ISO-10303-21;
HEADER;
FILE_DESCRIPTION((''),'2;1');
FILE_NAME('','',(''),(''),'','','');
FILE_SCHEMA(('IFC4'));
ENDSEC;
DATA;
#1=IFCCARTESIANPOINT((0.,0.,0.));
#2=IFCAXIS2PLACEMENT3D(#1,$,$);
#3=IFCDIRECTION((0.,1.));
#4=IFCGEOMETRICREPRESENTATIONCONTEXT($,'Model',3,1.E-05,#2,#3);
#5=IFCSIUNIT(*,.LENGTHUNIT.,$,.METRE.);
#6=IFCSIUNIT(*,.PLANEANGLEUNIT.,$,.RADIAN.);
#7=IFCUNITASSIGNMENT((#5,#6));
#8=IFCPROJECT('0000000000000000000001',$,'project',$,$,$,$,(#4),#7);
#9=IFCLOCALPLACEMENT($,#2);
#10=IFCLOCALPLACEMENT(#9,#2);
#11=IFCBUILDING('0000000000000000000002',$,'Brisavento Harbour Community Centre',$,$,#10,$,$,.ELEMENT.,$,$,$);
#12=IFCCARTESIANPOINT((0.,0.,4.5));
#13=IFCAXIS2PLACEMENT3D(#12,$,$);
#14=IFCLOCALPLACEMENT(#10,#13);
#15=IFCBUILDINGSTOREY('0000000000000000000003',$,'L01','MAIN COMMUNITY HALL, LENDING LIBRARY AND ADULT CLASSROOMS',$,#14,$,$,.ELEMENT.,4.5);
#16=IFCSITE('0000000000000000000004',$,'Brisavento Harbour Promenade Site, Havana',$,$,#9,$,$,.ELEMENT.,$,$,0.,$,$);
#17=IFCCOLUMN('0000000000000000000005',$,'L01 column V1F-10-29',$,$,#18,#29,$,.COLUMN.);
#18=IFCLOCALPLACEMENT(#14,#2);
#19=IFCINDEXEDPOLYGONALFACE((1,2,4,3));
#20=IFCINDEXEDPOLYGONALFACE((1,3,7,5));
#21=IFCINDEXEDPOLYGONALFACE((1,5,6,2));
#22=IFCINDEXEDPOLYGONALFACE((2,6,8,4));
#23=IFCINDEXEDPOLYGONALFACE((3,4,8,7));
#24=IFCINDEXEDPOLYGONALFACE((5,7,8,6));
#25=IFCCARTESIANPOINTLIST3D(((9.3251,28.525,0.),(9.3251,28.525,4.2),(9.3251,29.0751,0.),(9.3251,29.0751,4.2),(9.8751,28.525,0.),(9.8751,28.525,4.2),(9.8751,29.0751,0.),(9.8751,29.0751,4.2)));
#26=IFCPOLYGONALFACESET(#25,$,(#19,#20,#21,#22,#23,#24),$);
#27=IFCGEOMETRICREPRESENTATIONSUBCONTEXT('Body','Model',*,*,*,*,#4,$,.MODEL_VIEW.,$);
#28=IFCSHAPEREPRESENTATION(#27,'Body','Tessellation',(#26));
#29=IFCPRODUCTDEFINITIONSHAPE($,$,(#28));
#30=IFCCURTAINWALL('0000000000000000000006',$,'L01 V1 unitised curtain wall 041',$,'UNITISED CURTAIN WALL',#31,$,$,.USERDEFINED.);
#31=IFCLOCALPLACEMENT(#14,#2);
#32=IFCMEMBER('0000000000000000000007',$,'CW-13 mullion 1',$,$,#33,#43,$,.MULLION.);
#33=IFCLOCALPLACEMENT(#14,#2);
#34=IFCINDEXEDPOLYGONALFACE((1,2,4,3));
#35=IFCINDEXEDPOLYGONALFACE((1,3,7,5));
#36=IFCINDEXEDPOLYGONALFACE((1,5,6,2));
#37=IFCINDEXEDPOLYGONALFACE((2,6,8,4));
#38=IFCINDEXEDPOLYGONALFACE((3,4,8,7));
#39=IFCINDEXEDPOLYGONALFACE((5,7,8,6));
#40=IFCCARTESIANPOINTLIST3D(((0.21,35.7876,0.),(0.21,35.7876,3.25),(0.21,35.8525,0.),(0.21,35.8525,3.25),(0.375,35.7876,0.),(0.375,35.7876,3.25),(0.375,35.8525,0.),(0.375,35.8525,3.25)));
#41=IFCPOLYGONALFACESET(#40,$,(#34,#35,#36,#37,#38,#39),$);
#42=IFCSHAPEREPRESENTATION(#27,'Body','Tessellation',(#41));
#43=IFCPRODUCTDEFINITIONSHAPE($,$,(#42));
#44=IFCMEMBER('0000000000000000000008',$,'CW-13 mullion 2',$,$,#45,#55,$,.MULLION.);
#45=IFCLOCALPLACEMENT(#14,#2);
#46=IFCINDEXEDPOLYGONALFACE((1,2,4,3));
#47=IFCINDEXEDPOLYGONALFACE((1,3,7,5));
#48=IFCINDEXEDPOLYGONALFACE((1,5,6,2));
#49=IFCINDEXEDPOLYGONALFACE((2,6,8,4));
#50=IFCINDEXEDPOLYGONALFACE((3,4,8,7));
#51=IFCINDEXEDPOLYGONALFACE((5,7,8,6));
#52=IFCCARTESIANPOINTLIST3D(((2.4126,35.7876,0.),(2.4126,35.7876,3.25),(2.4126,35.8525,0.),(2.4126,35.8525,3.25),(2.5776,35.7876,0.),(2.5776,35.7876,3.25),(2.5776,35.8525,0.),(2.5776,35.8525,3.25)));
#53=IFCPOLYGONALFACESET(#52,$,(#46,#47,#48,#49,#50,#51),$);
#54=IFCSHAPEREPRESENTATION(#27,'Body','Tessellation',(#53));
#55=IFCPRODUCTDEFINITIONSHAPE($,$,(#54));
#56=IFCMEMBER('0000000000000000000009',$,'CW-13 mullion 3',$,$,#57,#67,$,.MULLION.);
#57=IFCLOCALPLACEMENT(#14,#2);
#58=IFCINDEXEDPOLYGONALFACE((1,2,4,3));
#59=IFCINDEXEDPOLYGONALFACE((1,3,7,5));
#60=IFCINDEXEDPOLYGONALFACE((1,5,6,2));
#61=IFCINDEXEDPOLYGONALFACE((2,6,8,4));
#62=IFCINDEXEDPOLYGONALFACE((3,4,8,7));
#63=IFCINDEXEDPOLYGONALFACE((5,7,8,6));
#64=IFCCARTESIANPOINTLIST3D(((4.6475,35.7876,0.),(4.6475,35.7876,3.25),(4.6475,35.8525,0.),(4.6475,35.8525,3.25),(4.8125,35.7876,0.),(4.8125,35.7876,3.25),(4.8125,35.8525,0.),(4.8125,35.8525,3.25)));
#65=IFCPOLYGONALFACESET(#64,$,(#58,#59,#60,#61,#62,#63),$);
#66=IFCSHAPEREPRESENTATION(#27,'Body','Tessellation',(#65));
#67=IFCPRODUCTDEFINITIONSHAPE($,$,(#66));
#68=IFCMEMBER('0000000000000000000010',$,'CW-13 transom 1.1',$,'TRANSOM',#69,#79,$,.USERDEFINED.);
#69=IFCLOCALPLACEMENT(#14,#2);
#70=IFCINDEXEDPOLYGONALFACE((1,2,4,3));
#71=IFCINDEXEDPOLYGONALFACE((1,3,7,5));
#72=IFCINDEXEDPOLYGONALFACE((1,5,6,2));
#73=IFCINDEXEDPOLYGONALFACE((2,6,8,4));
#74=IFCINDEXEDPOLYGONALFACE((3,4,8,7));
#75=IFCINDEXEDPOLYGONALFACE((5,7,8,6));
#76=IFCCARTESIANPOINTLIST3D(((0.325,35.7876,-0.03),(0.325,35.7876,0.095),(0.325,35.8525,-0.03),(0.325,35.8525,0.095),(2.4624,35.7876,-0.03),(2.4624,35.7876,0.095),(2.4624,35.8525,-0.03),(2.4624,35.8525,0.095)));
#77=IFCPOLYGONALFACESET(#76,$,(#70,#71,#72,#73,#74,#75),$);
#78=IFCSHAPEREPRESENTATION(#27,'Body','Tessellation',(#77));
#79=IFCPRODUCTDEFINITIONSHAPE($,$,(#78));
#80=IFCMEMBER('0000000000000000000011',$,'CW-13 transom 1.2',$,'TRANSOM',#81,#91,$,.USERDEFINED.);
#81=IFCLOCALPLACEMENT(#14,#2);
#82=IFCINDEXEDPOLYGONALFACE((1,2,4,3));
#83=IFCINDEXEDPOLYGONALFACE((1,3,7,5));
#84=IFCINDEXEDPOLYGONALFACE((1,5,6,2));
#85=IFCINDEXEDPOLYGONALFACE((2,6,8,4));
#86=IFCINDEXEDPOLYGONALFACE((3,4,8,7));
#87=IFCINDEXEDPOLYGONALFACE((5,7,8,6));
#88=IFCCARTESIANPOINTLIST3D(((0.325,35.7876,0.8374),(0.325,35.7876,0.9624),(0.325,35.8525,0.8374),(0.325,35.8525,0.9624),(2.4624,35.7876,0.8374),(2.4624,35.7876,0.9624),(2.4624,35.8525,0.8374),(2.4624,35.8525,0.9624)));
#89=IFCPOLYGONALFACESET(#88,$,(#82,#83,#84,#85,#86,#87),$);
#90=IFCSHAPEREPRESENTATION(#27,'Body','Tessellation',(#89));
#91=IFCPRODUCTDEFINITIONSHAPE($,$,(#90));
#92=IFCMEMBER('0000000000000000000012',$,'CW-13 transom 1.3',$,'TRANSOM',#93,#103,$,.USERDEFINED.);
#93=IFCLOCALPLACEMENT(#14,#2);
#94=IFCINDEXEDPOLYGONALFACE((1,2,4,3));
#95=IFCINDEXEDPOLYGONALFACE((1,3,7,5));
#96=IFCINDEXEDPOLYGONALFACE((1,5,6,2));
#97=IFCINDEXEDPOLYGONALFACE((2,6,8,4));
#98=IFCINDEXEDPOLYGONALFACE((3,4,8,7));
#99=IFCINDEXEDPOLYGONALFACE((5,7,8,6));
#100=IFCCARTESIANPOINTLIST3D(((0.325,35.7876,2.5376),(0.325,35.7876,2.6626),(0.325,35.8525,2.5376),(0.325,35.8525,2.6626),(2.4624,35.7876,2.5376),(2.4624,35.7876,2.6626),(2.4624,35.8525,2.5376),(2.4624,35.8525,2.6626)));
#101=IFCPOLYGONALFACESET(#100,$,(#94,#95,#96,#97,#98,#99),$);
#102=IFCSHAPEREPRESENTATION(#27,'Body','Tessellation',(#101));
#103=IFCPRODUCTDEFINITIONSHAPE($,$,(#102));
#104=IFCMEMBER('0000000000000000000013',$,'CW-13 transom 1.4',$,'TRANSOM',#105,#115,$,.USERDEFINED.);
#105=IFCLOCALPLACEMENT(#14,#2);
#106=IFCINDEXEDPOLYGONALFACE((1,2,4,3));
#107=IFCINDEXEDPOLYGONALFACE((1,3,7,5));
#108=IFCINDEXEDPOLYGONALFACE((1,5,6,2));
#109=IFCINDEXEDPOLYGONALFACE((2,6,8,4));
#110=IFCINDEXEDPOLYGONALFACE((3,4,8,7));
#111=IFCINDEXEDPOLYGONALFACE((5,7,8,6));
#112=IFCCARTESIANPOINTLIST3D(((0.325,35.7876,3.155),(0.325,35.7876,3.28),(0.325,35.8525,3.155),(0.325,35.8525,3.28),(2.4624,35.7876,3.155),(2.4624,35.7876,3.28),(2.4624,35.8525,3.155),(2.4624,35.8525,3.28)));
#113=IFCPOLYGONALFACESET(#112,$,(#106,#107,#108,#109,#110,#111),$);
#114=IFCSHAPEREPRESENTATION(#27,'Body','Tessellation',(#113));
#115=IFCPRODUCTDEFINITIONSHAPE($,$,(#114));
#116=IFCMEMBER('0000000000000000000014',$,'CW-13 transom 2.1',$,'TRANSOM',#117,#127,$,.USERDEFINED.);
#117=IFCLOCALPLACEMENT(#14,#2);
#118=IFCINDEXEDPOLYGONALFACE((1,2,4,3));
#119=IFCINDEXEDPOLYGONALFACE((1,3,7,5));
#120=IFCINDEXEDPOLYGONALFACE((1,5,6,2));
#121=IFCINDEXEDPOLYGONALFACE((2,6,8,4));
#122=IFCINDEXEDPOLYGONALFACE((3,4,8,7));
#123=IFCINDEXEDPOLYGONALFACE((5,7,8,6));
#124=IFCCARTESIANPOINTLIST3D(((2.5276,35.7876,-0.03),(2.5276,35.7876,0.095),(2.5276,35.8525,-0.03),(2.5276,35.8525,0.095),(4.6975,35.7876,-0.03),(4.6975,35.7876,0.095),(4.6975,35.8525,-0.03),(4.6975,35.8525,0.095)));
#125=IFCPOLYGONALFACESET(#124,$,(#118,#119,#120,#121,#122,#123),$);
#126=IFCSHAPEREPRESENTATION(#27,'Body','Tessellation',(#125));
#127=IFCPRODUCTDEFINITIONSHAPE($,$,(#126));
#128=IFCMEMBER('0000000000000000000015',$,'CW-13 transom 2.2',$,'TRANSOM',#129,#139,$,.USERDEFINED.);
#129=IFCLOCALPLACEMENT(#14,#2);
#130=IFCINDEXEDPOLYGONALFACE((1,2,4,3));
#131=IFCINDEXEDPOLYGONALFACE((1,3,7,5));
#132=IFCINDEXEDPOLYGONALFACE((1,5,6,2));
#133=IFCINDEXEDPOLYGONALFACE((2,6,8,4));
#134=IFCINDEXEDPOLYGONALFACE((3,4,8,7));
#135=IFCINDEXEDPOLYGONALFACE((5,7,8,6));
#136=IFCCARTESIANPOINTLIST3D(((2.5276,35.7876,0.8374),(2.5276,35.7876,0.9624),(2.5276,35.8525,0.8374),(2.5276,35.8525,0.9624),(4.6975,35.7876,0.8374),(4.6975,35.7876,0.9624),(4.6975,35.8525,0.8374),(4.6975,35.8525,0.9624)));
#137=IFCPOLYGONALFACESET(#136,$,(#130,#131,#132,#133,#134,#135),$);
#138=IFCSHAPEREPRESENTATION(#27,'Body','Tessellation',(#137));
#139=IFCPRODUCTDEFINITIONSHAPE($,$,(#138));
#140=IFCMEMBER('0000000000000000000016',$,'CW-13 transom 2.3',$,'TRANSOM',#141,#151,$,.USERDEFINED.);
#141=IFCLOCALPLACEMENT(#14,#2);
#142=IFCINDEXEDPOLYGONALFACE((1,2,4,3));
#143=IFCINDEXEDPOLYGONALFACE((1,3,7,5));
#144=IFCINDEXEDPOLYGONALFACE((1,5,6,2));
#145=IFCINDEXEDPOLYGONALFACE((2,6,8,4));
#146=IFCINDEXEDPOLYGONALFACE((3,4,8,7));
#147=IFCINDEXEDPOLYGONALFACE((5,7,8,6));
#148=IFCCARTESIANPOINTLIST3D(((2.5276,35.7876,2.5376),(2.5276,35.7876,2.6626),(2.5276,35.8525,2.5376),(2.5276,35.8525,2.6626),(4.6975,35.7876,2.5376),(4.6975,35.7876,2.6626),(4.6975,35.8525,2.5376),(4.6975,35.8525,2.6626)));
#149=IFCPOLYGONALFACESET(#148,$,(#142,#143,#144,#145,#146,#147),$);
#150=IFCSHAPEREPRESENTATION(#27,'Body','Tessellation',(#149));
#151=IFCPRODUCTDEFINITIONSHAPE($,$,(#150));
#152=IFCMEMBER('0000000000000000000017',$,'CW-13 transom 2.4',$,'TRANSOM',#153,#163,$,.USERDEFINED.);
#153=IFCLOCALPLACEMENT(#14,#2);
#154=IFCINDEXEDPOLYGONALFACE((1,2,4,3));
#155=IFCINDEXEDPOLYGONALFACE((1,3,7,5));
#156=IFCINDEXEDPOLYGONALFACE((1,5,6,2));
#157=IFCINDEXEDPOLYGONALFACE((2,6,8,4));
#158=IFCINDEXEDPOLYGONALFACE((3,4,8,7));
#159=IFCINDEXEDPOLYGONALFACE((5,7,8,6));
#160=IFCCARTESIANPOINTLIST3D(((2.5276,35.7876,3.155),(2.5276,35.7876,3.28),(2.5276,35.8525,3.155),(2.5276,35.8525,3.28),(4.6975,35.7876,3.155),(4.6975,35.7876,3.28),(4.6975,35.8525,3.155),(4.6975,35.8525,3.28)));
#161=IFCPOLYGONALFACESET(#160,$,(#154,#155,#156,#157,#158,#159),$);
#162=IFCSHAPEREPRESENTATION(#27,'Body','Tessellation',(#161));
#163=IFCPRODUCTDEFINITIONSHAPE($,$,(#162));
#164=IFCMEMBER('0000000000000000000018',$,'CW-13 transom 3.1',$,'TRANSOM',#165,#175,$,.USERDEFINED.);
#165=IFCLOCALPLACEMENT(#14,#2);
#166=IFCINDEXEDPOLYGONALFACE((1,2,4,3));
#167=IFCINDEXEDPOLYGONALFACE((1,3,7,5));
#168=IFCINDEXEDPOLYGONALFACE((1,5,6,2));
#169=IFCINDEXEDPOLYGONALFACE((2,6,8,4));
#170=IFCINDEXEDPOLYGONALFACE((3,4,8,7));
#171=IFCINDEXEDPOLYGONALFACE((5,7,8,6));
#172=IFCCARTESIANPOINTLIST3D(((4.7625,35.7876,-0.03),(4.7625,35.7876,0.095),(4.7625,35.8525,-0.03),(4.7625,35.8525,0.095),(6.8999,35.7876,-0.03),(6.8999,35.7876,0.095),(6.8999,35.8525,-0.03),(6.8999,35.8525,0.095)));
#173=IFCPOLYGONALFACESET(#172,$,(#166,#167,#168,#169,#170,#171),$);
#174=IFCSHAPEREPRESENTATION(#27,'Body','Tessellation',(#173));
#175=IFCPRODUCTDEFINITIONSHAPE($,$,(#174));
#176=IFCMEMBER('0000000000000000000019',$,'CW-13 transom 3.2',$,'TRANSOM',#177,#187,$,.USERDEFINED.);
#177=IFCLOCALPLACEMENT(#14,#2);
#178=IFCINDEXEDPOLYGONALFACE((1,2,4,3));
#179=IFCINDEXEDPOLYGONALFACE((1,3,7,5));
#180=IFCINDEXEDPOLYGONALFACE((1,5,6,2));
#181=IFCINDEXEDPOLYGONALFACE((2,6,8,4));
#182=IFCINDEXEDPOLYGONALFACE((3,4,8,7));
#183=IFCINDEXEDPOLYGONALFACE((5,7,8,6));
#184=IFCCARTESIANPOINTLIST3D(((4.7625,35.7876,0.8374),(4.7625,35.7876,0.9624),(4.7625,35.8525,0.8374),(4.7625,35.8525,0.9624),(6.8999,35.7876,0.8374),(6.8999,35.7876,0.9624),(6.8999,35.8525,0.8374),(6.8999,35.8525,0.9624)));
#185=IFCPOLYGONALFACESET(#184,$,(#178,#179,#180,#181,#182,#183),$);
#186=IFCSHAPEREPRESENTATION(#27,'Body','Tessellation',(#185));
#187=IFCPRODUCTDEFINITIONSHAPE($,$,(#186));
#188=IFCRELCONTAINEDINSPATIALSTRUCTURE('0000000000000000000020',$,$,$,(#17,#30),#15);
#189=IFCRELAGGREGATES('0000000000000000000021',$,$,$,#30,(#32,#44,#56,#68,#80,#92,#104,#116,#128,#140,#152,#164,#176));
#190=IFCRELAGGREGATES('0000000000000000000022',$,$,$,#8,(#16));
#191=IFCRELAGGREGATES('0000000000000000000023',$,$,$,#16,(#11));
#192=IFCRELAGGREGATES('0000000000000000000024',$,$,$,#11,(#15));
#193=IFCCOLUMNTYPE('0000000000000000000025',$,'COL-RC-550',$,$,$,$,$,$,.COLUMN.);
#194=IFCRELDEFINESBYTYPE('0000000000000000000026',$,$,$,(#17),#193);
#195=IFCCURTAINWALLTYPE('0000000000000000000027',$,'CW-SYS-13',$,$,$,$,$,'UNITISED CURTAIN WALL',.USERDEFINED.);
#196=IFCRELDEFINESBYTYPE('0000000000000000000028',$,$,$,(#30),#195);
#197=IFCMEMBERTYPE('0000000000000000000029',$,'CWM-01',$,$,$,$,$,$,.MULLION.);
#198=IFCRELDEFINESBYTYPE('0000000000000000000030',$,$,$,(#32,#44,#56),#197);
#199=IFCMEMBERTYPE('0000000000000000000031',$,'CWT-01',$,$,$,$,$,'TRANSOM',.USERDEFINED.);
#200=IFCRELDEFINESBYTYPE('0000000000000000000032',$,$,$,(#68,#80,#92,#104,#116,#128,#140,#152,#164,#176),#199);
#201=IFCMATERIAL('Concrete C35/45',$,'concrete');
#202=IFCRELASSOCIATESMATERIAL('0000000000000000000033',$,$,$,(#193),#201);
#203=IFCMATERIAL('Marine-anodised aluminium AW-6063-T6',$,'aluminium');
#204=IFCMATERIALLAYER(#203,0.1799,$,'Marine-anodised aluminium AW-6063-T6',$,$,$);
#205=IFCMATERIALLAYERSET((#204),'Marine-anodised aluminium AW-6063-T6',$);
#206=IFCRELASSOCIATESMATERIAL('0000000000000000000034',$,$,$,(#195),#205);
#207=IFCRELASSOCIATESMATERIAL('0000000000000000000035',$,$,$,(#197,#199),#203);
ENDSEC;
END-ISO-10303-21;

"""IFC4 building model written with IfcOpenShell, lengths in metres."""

from ifc_helpers import new_model, si_unit, direction, frame, origin, origin_2d, place, context, subcontext, project, spatial, rectangle, extrude, material, layer, layer_set, material_profile, profile_set, type_object, element, aggregate, save


model = new_model("IFC4")

# Units and contexts
model_context = context("Model", 3, precision=1e-05, world=origin(), true_north=direction((0.0, 1.0)))
body_context = subcontext(model_context, "Body", "Model", "MODEL_VIEW")
ifc_project = project(units=[si_unit("LENGTHUNIT", "METRE"), si_unit("PLANEANGLEUNIT", "RADIAN")], contexts=[model_context])

# Site, building, storey
site_placement = place(None, origin())
site = spatial("IfcSite", under=ifc_project, at=site_placement, Name="Brisavento Harbour Promenade Site, Havana", CompositionType="ELEMENT", RefElevation=0.0)
building_placement = place(site_placement, origin())
building = spatial("IfcBuilding", under=site, at=building_placement, Name="Brisavento Harbour Community Centre", CompositionType="ELEMENT")
storey_placement = place(building_placement, frame((0.0, 0.0, 4.5)))
storey = spatial("IfcBuildingStorey", under=building, at=storey_placement, Name="L01", Description="MAIN COMMUNITY HALL, LENDING LIBRARY AND ADULT CLASSROOMS", CompositionType="ELEMENT", Elevation=4.5)

# Column
ifc_material_1 = material(Name="Concrete C35/45", Category="concrete")
ifc_material_profile_1 = material_profile(ifc_material_1, rectangle(XDim=0.55, YDim=0.55, at=origin_2d()), Name="Concrete C35/45")
ifc_profile_set_1 = profile_set([ifc_material_profile_1], Name="Concrete C35/45")
column_type = type_object("IfcColumnType", Name="COL-RC-550", PredefinedType="COLUMN", material=ifc_profile_set_1)
column_placement = place(storey_placement, frame((9.6001, 28.8, 0.0), z_axis=(0.0, 0.0, 1.0), x_axis=(1.0, 0.0, 0.0)))
element("IfcColumn", 1, at=column_placement, inside=storey, type_object=column_type, Name="L01 column V1F-10-29", PredefinedType="COLUMN", context=body_context, shape_type="SweptSolid", body=[
    extrude(rectangle(XDim=0.55, YDim=0.55, at=origin_2d()), origin(), (0.0, 0.0, 1.0), 4.2),
])

# Curtain wall, members
ifc_material_2 = material(Name="Marine-anodised aluminium AW-6063-T6", Category="aluminium")
ifc_layer_1 = layer(ifc_material_2, 0.1799, Name="Marine-anodised aluminium AW-6063-T6")
ifc_layer_set_1 = layer_set([ifc_layer_1], Name="Marine-anodised aluminium AW-6063-T6")
curtain_wall_type = type_object("IfcCurtainWallType", Name="CW-SYS-13", ElementType="UNITISED CURTAIN WALL", PredefinedType="USERDEFINED", material=ifc_layer_set_1)
curtain_wall_placement = place(storey_placement, origin())
curtain_wall = element("IfcCurtainWall", 2, at=curtain_wall_placement, inside=storey, type_object=curtain_wall_type, Name="L01 V1 unitised curtain wall 041", ObjectType="UNITISED CURTAIN WALL", PredefinedType="USERDEFINED")
ifc_material_profile_2 = material_profile(ifc_material_2, rectangle(XDim=0.0649, YDim=0.165, at=origin_2d()), Name="Marine-anodised aluminium AW-6063-T6")
ifc_profile_set_2 = profile_set([ifc_material_profile_2], Name="Marine-anodised aluminium AW-6063-T6")
member_type_1 = type_object("IfcMemberType", Name="CWM-01", PredefinedType="MULLION", material=ifc_profile_set_2)
member_1_placement = place(storey_placement, frame((0.2925, 35.8201, 0.0), z_axis=(0.0, 0.0, 1.0), x_axis=(0.0, 1.0, 0.0)))
member_1 = element("IfcMember", 3, at=member_1_placement, type_object=member_type_1, Name="CW-13 mullion 1", PredefinedType="MULLION", context=body_context, shape_type="SweptSolid", body=[
    extrude(rectangle(XDim=0.0649, YDim=0.165, at=origin_2d()), origin(), (0.0, 0.0, 1.0), 3.25),
])
member_2_placement = place(storey_placement, frame((2.4951, 35.8201, 0.0), z_axis=(0.0, 0.0, 1.0), x_axis=(0.0, 1.0, 0.0)))
member_2 = element("IfcMember", 4, at=member_2_placement, type_object=member_type_1, Name="CW-13 mullion 2", PredefinedType="MULLION", context=body_context, shape_type="SweptSolid", body=[
    extrude(rectangle(XDim=0.0649, YDim=0.165, at=origin_2d()), origin(), (0.0, 0.0, 1.0), 3.25),
])
member_3_placement = place(storey_placement, frame((4.73, 35.8201, 0.0), z_axis=(0.0, 0.0, 1.0), x_axis=(0.0, 1.0, 0.0)))
member_3 = element("IfcMember", 5, at=member_3_placement, type_object=member_type_1, Name="CW-13 mullion 3", PredefinedType="MULLION", context=body_context, shape_type="SweptSolid", body=[
    extrude(rectangle(XDim=0.0649, YDim=0.165, at=origin_2d()), origin(), (0.0, 0.0, 1.0), 3.25),
])
ifc_material_profile_3 = material_profile(ifc_material_2, rectangle(XDim=0.0649, YDim=0.125, at=origin_2d()), Name="Marine-anodised aluminium AW-6063-T6")
ifc_profile_set_3 = profile_set([ifc_material_profile_3], Name="Marine-anodised aluminium AW-6063-T6")
member_type_2 = type_object("IfcMemberType", Name="CWT-01", ElementType="TRANSOM", PredefinedType="USERDEFINED", material=ifc_profile_set_3)
member_4_placement = place(storey_placement, frame((0.325, 35.8201, 0.0325), z_axis=(1.0, 0.0, 0.0), x_axis=(0.0, 1.0, 0.0)))
member_4 = element("IfcMember", 6, at=member_4_placement, type_object=member_type_2, Name="CW-13 transom 1.1", ObjectType="TRANSOM", PredefinedType="USERDEFINED", context=body_context, shape_type="SweptSolid", body=[
    extrude(rectangle(XDim=0.0649, YDim=0.125, at=origin_2d()), origin(), (0.0, 0.0, 1.0), 2.1375),
])
member_5_placement = place(storey_placement, frame((0.325, 35.8201, 0.8999), z_axis=(1.0, 0.0, 0.0), x_axis=(0.0, 1.0, 0.0)))
member_5 = element("IfcMember", 7, at=member_5_placement, type_object=member_type_2, Name="CW-13 transom 1.2", ObjectType="TRANSOM", PredefinedType="USERDEFINED", context=body_context, shape_type="SweptSolid", body=[
    extrude(rectangle(XDim=0.0649, YDim=0.125, at=origin_2d()), origin(), (0.0, 0.0, 1.0), 2.1375),
])
member_6_placement = place(storey_placement, frame((0.325, 35.8201, 2.6001), z_axis=(1.0, 0.0, 0.0), x_axis=(0.0, 1.0, 0.0)))
member_6 = element("IfcMember", 8, at=member_6_placement, type_object=member_type_2, Name="CW-13 transom 1.3", ObjectType="TRANSOM", PredefinedType="USERDEFINED", context=body_context, shape_type="SweptSolid", body=[
    extrude(rectangle(XDim=0.0649, YDim=0.125, at=origin_2d()), origin(), (0.0, 0.0, 1.0), 2.1375),
])
member_7_placement = place(storey_placement, frame((0.325, 35.8201, 3.2175), z_axis=(1.0, 0.0, 0.0), x_axis=(0.0, 1.0, 0.0)))
member_7 = element("IfcMember", 9, at=member_7_placement, type_object=member_type_2, Name="CW-13 transom 1.4", ObjectType="TRANSOM", PredefinedType="USERDEFINED", context=body_context, shape_type="SweptSolid", body=[
    extrude(rectangle(XDim=0.0649, YDim=0.125, at=origin_2d()), origin(), (0.0, 0.0, 1.0), 2.1375),
])
member_8_placement = place(storey_placement, frame((2.5276, 35.8201, 0.0325), z_axis=(1.0, 0.0, 0.0), x_axis=(0.0, 1.0, 0.0)))
member_8 = element("IfcMember", 10, at=member_8_placement, type_object=member_type_2, Name="CW-13 transom 2.1", ObjectType="TRANSOM", PredefinedType="USERDEFINED", context=body_context, shape_type="SweptSolid", body=[
    extrude(rectangle(XDim=0.0649, YDim=0.125, at=origin_2d()), origin(), (0.0, 0.0, 1.0), 2.1699),
])
member_9_placement = place(storey_placement, frame((2.5276, 35.8201, 0.8999), z_axis=(1.0, 0.0, 0.0), x_axis=(0.0, 1.0, 0.0)))
member_9 = element("IfcMember", 11, at=member_9_placement, type_object=member_type_2, Name="CW-13 transom 2.2", ObjectType="TRANSOM", PredefinedType="USERDEFINED", context=body_context, shape_type="SweptSolid", body=[
    extrude(rectangle(XDim=0.0649, YDim=0.125, at=origin_2d()), origin(), (0.0, 0.0, 1.0), 2.1699),
])
member_10_placement = place(storey_placement, frame((2.5276, 35.8201, 2.6001), z_axis=(1.0, 0.0, 0.0), x_axis=(0.0, 1.0, 0.0)))
member_10 = element("IfcMember", 12, at=member_10_placement, type_object=member_type_2, Name="CW-13 transom 2.3", ObjectType="TRANSOM", PredefinedType="USERDEFINED", context=body_context, shape_type="SweptSolid", body=[
    extrude(rectangle(XDim=0.0649, YDim=0.125, at=origin_2d()), origin(), (0.0, 0.0, 1.0), 2.1699),
])
member_11_placement = place(storey_placement, frame((2.5276, 35.8201, 3.2175), z_axis=(1.0, 0.0, 0.0), x_axis=(0.0, 1.0, 0.0)))
member_11 = element("IfcMember", 13, at=member_11_placement, type_object=member_type_2, Name="CW-13 transom 2.4", ObjectType="TRANSOM", PredefinedType="USERDEFINED", context=body_context, shape_type="SweptSolid", body=[
    extrude(rectangle(XDim=0.0649, YDim=0.125, at=origin_2d()), origin(), (0.0, 0.0, 1.0), 2.1699),
])
member_12_placement = place(storey_placement, frame((4.7625, 35.8201, 0.0325), z_axis=(1.0, 0.0, 0.0), x_axis=(0.0, 1.0, 0.0)))
member_12 = element("IfcMember", 14, at=member_12_placement, type_object=member_type_2, Name="CW-13 transom 3.1", ObjectType="TRANSOM", PredefinedType="USERDEFINED", context=body_context, shape_type="SweptSolid", body=[
    extrude(rectangle(XDim=0.0649, YDim=0.125, at=origin_2d()), origin(), (0.0, 0.0, 1.0), 2.1375),
])
member_13_placement = place(storey_placement, frame((4.7625, 35.8201, 0.8999), z_axis=(1.0, 0.0, 0.0), x_axis=(0.0, 1.0, 0.0)))
member_13 = element("IfcMember", 15, at=member_13_placement, type_object=member_type_2, Name="CW-13 transom 3.2", ObjectType="TRANSOM", PredefinedType="USERDEFINED", context=body_context, shape_type="SweptSolid", body=[
    extrude(rectangle(XDim=0.0649, YDim=0.125, at=origin_2d()), origin(), (0.0, 0.0, 1.0), 2.1375),
])
aggregate(curtain_wall, [member_1, member_2, member_3, member_4, member_5, member_6, member_7, member_8, member_9, member_10, member_11, member_12, member_13])

save(model, "model.ifc")
